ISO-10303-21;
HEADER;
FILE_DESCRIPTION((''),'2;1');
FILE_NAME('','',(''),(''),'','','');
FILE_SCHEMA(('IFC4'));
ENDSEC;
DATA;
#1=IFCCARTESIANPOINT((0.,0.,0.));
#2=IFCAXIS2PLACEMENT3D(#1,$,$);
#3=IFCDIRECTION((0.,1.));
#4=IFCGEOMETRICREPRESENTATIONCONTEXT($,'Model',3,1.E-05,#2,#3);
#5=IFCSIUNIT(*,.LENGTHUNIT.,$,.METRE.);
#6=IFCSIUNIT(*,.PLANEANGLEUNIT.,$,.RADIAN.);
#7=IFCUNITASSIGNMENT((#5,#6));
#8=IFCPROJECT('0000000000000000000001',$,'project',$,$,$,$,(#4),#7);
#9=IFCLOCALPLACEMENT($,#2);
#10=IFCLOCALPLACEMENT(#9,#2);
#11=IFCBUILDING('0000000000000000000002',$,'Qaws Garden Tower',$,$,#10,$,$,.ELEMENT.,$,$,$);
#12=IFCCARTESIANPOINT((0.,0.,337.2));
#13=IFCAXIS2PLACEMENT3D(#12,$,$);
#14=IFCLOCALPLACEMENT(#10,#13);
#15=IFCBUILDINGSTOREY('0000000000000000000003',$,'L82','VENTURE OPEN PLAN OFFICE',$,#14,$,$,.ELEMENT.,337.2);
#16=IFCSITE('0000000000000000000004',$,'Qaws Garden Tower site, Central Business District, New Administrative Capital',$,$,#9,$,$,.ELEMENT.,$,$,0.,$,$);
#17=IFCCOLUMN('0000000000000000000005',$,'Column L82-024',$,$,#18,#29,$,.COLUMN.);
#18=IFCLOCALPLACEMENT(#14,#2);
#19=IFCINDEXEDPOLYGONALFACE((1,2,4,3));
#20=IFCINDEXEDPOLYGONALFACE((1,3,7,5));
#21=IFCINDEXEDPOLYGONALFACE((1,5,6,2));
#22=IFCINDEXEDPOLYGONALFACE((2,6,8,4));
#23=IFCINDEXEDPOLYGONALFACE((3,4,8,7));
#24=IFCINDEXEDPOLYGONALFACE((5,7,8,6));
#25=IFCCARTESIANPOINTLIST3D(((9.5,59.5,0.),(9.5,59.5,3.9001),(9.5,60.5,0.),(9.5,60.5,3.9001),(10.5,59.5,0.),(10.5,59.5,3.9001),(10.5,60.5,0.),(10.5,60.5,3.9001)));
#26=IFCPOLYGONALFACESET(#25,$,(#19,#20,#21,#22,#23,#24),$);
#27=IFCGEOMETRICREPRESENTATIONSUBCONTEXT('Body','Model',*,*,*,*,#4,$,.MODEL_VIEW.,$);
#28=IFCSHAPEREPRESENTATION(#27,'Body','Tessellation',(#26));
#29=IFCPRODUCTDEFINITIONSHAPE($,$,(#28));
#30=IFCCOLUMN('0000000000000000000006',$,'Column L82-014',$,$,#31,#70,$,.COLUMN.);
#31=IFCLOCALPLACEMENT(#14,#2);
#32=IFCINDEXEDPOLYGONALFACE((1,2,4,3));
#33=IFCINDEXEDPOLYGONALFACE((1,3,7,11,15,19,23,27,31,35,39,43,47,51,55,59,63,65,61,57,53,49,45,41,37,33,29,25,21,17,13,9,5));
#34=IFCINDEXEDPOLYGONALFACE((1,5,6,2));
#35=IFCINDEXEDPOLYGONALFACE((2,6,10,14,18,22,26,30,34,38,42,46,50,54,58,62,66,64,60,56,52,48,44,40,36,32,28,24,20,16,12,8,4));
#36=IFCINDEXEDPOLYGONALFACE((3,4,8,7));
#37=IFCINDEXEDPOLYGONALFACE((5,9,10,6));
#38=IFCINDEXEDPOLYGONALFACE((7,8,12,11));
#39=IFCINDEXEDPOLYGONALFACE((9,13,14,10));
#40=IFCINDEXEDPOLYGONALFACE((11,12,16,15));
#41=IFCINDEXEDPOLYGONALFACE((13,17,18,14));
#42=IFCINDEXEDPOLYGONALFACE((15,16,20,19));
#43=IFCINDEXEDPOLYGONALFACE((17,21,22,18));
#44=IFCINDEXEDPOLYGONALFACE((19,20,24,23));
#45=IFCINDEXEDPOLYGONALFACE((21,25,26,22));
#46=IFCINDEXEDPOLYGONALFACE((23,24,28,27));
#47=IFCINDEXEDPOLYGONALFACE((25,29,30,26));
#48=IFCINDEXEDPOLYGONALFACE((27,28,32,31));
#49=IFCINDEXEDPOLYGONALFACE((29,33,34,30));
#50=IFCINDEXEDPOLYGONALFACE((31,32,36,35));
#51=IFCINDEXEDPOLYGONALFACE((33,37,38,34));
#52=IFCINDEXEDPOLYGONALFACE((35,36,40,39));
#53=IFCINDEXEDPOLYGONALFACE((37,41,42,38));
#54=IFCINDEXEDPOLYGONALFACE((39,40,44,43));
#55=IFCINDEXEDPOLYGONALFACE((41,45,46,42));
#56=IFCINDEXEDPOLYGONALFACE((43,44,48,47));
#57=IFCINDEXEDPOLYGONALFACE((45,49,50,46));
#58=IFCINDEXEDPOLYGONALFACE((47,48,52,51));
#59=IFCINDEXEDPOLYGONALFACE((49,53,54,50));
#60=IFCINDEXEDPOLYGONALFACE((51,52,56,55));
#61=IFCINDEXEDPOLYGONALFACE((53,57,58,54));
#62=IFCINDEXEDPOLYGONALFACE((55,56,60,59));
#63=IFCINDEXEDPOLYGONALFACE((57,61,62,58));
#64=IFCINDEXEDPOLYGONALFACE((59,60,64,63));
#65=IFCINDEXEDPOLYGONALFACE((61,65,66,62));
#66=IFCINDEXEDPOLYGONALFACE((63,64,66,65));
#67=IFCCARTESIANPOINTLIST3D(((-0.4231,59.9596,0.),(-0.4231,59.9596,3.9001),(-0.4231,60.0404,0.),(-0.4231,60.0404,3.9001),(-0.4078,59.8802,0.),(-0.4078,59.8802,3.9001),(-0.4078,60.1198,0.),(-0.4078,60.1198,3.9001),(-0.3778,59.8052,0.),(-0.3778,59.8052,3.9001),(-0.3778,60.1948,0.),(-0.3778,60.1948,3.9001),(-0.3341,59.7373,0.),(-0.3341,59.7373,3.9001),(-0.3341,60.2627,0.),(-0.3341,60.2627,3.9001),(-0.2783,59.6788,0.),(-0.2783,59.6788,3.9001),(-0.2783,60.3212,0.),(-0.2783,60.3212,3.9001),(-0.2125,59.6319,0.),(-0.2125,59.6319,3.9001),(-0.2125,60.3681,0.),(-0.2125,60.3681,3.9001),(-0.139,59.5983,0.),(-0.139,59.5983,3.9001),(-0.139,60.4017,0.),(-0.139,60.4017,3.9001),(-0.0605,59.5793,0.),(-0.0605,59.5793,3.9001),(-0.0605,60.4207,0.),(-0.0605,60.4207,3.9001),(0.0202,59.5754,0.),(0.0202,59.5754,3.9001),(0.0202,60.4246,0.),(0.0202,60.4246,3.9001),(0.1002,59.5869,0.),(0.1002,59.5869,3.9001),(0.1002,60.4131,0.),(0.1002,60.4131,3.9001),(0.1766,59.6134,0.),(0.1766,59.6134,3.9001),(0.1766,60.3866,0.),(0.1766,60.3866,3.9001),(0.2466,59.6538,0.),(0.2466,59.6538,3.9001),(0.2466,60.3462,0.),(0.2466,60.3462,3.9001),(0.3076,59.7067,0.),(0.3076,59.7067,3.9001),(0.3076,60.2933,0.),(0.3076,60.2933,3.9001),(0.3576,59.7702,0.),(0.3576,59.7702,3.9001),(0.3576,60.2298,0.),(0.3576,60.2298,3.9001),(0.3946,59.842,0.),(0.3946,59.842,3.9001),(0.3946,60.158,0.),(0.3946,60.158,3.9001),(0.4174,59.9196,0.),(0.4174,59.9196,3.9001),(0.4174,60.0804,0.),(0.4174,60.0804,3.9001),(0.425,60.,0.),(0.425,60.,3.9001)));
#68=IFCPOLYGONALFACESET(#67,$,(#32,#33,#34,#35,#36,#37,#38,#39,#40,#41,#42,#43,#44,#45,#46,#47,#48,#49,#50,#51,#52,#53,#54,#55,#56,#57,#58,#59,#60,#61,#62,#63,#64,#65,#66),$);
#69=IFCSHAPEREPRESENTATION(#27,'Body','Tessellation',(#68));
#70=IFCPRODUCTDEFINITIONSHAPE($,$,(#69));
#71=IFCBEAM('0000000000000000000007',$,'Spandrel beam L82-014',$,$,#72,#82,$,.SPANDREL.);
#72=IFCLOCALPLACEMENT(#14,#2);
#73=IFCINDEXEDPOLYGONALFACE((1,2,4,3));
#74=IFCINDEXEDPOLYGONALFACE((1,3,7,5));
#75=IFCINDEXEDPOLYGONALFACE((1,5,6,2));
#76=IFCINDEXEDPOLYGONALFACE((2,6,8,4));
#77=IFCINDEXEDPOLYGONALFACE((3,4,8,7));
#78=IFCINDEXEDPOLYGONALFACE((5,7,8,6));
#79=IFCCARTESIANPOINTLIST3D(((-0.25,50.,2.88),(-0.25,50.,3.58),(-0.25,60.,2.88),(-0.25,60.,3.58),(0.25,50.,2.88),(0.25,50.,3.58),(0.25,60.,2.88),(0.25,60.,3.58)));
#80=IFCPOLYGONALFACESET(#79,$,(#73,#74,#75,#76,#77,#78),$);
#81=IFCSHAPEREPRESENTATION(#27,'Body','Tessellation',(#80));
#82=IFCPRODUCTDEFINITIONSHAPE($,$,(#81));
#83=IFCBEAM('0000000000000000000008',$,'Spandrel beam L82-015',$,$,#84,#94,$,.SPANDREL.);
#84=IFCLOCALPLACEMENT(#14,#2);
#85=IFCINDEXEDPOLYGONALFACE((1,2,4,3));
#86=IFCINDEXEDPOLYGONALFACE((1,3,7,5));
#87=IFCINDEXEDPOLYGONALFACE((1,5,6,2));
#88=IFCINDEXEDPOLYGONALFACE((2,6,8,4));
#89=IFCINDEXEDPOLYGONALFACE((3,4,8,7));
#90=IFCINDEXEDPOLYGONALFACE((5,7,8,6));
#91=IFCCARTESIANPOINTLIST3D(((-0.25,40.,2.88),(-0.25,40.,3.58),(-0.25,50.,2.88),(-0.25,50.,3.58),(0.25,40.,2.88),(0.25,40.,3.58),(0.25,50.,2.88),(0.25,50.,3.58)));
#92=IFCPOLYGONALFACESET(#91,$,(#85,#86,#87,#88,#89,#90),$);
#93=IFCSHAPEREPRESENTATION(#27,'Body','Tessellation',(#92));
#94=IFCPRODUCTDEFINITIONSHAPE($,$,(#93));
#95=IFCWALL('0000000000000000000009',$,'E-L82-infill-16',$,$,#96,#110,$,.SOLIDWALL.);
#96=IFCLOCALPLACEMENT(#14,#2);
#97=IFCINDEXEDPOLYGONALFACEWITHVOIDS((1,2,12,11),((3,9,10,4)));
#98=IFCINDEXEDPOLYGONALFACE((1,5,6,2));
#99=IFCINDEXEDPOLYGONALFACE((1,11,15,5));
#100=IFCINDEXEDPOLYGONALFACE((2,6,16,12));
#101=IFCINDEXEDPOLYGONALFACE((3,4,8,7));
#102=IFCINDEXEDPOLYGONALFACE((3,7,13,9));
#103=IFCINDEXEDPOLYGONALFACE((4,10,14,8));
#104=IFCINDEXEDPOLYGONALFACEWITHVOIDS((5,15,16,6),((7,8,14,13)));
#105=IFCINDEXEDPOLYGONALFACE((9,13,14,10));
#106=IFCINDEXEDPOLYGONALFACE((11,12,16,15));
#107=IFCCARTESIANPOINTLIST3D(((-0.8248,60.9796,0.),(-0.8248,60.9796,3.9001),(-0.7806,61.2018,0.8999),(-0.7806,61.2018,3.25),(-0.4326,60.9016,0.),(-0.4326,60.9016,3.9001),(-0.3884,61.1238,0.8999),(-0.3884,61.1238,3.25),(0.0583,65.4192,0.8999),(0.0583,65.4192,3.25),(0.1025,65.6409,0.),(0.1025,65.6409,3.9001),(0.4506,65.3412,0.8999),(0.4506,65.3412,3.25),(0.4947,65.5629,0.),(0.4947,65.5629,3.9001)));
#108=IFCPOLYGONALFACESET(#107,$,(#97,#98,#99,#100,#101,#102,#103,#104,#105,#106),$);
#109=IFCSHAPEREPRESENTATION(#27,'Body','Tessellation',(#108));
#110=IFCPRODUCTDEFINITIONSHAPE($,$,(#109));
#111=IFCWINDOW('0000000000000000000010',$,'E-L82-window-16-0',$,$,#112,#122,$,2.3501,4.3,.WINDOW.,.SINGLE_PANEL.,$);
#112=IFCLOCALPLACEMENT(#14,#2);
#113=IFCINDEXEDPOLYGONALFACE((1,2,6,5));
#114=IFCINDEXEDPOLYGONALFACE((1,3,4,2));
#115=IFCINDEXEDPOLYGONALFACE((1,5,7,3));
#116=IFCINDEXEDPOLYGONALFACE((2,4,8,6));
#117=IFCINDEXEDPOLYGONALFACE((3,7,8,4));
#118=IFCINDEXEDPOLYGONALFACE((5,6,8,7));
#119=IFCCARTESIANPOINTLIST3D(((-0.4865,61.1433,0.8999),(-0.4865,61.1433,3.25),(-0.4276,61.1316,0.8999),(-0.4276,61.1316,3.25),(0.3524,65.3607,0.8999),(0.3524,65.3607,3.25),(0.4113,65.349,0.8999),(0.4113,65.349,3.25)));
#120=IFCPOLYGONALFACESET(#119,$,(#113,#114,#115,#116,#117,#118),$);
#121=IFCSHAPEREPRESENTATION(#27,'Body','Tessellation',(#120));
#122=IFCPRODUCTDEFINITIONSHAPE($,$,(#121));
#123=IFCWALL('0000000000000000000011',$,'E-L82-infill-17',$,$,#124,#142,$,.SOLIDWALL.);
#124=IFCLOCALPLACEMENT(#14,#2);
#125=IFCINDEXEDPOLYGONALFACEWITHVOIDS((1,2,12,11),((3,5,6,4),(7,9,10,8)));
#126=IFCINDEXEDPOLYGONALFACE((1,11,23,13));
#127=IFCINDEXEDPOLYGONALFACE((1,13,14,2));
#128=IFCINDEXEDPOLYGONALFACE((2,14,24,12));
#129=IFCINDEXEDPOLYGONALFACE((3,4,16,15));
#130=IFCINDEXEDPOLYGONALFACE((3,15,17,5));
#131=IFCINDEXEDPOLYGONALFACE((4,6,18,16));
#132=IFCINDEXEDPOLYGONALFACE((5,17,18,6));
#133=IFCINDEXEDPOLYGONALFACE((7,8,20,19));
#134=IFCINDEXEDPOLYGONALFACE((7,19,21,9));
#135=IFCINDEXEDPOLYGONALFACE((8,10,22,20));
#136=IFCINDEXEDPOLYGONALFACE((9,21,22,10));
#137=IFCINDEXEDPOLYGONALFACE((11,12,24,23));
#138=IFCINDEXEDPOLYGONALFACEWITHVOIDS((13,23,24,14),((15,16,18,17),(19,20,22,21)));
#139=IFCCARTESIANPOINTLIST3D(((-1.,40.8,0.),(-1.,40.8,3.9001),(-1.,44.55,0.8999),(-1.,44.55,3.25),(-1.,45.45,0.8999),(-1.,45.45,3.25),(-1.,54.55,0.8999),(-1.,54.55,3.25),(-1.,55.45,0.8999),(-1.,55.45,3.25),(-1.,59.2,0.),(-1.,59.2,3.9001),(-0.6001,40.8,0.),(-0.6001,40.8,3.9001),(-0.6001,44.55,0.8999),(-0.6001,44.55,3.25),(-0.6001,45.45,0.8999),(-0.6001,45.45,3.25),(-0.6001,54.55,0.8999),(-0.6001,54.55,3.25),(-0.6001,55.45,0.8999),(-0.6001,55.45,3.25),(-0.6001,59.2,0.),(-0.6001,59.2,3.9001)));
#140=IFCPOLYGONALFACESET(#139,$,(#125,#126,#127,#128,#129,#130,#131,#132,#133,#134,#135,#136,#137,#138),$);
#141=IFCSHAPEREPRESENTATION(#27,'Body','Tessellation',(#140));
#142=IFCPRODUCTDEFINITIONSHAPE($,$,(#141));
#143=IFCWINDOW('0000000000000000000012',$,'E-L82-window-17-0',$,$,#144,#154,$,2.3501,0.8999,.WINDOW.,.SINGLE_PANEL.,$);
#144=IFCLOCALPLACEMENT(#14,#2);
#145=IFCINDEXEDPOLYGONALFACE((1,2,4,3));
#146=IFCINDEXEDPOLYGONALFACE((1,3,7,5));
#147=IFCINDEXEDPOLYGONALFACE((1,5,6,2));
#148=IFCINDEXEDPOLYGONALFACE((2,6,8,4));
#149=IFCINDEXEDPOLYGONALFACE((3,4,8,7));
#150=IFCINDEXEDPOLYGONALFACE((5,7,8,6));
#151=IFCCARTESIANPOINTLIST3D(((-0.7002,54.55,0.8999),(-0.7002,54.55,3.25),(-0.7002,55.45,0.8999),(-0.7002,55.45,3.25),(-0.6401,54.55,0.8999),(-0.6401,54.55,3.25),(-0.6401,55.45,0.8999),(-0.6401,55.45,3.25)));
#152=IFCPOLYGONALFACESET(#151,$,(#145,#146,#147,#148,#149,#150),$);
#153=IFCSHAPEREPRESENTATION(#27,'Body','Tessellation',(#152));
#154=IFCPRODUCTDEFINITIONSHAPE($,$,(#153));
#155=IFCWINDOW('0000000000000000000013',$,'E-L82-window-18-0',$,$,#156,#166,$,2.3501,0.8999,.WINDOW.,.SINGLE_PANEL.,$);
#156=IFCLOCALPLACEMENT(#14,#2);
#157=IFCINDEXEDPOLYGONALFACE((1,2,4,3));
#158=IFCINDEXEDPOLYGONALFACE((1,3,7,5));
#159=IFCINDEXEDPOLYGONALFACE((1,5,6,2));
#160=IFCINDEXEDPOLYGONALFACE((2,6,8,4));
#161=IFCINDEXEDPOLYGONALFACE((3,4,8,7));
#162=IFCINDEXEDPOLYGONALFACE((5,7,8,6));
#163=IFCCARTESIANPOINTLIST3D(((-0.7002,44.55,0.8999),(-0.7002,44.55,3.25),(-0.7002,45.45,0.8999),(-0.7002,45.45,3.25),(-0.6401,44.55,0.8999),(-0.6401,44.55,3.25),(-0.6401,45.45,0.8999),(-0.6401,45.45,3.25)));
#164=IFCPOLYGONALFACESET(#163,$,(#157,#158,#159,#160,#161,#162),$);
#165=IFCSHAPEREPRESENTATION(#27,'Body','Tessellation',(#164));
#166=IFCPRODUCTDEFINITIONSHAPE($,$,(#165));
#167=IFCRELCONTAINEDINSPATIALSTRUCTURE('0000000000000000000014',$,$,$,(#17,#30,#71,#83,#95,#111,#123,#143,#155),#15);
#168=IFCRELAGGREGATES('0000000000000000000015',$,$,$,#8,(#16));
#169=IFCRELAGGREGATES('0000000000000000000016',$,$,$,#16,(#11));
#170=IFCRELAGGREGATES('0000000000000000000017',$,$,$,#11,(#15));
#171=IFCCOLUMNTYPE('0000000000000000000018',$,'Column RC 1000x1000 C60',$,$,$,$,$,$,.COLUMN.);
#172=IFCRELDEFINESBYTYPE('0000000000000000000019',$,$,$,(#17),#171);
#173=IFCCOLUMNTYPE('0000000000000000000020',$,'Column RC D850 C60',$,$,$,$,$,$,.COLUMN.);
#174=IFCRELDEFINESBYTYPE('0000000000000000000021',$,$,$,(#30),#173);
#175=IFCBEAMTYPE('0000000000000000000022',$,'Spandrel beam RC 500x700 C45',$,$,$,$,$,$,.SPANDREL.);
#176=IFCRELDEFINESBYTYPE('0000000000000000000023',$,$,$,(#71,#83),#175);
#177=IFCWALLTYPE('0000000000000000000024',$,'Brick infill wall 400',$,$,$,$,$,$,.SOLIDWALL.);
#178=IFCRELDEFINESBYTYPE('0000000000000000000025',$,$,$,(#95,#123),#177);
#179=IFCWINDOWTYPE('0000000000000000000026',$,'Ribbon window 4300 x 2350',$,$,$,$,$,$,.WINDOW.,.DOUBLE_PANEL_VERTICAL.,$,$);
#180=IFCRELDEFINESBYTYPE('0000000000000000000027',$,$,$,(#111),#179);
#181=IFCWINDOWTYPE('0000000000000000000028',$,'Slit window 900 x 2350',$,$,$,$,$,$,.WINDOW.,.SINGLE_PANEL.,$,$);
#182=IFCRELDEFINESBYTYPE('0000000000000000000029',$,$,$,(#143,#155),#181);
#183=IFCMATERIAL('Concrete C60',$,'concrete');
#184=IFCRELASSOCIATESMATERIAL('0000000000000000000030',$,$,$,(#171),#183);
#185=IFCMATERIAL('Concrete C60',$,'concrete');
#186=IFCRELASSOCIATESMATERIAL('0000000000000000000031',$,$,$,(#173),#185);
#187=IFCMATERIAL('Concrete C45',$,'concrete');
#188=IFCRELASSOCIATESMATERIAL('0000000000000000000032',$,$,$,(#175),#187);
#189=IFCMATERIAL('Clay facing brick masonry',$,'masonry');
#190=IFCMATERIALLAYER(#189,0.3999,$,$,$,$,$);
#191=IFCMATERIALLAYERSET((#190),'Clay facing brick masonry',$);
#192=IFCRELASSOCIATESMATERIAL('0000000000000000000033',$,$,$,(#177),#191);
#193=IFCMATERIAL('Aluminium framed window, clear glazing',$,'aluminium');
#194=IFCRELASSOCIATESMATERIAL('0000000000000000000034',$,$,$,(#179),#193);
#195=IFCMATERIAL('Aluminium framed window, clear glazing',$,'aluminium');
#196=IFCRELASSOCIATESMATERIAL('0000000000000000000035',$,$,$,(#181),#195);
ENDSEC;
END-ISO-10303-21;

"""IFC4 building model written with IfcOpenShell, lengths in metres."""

from ifc_helpers import new_model, si_unit, direction, frame, frame_2d, origin, origin_2d, place, context, subcontext, project, spatial, rectangle, circle, extrude, material, layer, layer_set, material_profile, profile_set, type_object, element, fill, save


model = new_model("IFC4")

# Units and contexts
model_context = context("Model", 3, precision=1e-05, world=origin(), true_north=direction((0.0, 1.0)))
body_context = subcontext(model_context, "Body", "Model", "MODEL_VIEW")
ifc_project = project(units=[si_unit("LENGTHUNIT", "METRE"), si_unit("PLANEANGLEUNIT", "RADIAN")], contexts=[model_context])

# Site, building, storey
site_placement = place(None, origin())
site = spatial("IfcSite", under=ifc_project, at=site_placement, Name="Qaws Garden Tower site, Central Business District, New Administrative Capital", CompositionType="ELEMENT", RefElevation=0.0)
building_placement = place(site_placement, origin())
building = spatial("IfcBuilding", under=site, at=building_placement, Name="Qaws Garden Tower", CompositionType="ELEMENT")
storey_placement = place(building_placement, frame((0.0, 0.0, 337.2)))
storey = spatial("IfcBuildingStorey", under=building, at=storey_placement, Name="L82", Description="VENTURE OPEN PLAN OFFICE", CompositionType="ELEMENT", Elevation=337.2)

# Columns
ifc_material_1 = material(Name="Concrete C60", Category="concrete")
ifc_material_profile_1 = material_profile(ifc_material_1, rectangle(XDim=1.0, YDim=1.0, at=origin_2d()), Name="RC 1000x1000")
ifc_profile_set_1 = profile_set([ifc_material_profile_1], Name="Concrete C60")
column_type_1 = type_object("IfcColumnType", Name="Column RC 1000x1000 C60", PredefinedType="COLUMN", material=ifc_profile_set_1)
column_1_placement = place(storey_placement, frame((10.0, 60.0, 0.0), z_axis=(0.0, 0.0, 1.0), x_axis=(1.0, 0.0, 0.0)))
element("IfcColumn", 1, at=column_1_placement, inside=storey, type_object=column_type_1, Name="Column L82-024", PredefinedType="COLUMN", context=body_context, shape_type="SweptSolid", body=[
    extrude(rectangle(XDim=1.0, YDim=1.0, at=origin_2d()), origin(), (0.0, 0.0, 1.0), 3.9001),
])
ifc_material_2 = material(Name="Concrete C60", Category="concrete")
ifc_material_profile_2 = material_profile(ifc_material_2, circle(Radius=0.425, at=origin_2d()), Name="RC D850")
ifc_profile_set_2 = profile_set([ifc_material_profile_2], Name="Concrete C60")
column_type_2 = type_object("IfcColumnType", Name="Column RC D850 C60", PredefinedType="COLUMN", material=ifc_profile_set_2)
column_2_placement = place(storey_placement, frame((0.0, 60.0, 0.0), z_axis=(0.0, 0.0, 1.0), x_axis=(1.0, 0.0, 0.0)))
element("IfcColumn", 2, at=column_2_placement, inside=storey, type_object=column_type_2, Name="Column L82-014", PredefinedType="COLUMN", context=body_context, shape_type="SweptSolid", body=[
    extrude(circle(Radius=0.425, at=origin_2d()), origin(), (0.0, 0.0, 1.0), 3.9001),
])

# Beams
ifc_material_3 = material(Name="Concrete C45", Category="concrete")
ifc_material_profile_3 = material_profile(ifc_material_3, rectangle(XDim=0.5, YDim=0.7, at=origin_2d()), Name="RC 500x700")
ifc_profile_set_3 = profile_set([ifc_material_profile_3], Name="Concrete C45")
beam_type = type_object("IfcBeamType", Name="Spandrel beam RC 500x700 C45", PredefinedType="SPANDREL", material=ifc_profile_set_3)
for number, where, z_axis, x_axis, name in (
    (3, (0.0, 60.0, 3.23), (0.0, -1.0, 0.0), (1.0, 0.0, 0.0), "Spandrel beam L82-014"),
    (4, (0.0, 50.0, 3.23), (0.0, -1.0, 0.0), (1.0, 0.0, 0.0), "Spandrel beam L82-015"),
):
    element("IfcBeam", number, at=place(storey_placement, frame(where, z_axis=z_axis, x_axis=x_axis)), inside=storey, type_object=beam_type, Name=name, PredefinedType="SPANDREL", context=body_context, shape_type="SweptSolid", body=[
        extrude(rectangle(XDim=0.5, YDim=0.7, at=origin_2d()), origin(), (0.0, 0.0, 1.0), 10.0),
    ])

# Wall, opening, window
ifc_material_4 = material(Name="Clay facing brick masonry", Category="masonry")
ifc_layer_1 = layer(ifc_material_4, 0.3999)
ifc_layer_set_1 = layer_set([ifc_layer_1], Name="Clay facing brick masonry")
wall_type_1 = type_object("IfcWallType", Name="Brick infill wall 400", PredefinedType="SOLIDWALL", material=ifc_layer_set_1)
wall_1_placement = place(storey_placement, frame((0.2986, 65.6021, 0.0), z_axis=(0.0, 0.0, 1.0), x_axis=(-0.195099, -0.980784, 0.0)))
wall_1 = element("IfcWall", 5, at=wall_1_placement, inside=storey, type_object=wall_type_1, Name="E-L82-infill-16", PredefinedType="SOLIDWALL", context=body_context, shape_type="SweptSolid", body=[
    extrude(rectangle(XDim=4.7527, YDim=0.3999, at=frame_2d((2.3765, 0.0))), origin(), (0.0, 0.0, 1.0), 3.9001),
])
opening_1_placement = place(wall_1_placement, frame((0.2263, 0.0, 0.8999)))
opening_1 = element("IfcOpeningElement", 6, at=opening_1_placement, cuts=wall_1, PredefinedType="OPENING", context=body_context, shape_type="SweptSolid", body=[
    extrude(rectangle(XDim=4.3, YDim=2.3501, at=frame_2d((2.1499, 1.175))), frame((0.0, 0.21, 0.0), z_axis=(0.0, -1.0, 0.0), x_axis=(1.0, 0.0, 0.0)), (0.0, 0.0, 1.0), 0.4199),
])
ifc_material_5 = material(Name="Aluminium framed window, clear glazing", Category="aluminium")
window_type_1 = type_object("IfcWindowType", Name="Ribbon window 4300 x 2350", PartitioningType="DOUBLE_PANEL_VERTICAL", PredefinedType="WINDOW", material=ifc_material_5)
window_1_placement = place(opening_1_placement, origin())
window_1 = element("IfcWindow", 7, at=window_1_placement, inside=storey, type_object=window_type_1, Name="E-L82-window-16-0", OverallHeight=2.3501, OverallWidth=4.3, PartitioningType="SINGLE_PANEL", PredefinedType="WINDOW", context=body_context, shape_type="SweptSolid", body=[
    extrude(rectangle(XDim=4.3, YDim=2.3501, at=frame_2d((2.1499, 1.175))), frame((0.0, 0.1599, 0.0), z_axis=(0.0, -1.0, 0.0), x_axis=(1.0, 0.0, 0.0)), (0.0, 0.0, 1.0), 0.0601),
])
fill(opening_1, window_1)

# Wall, openings, windows
wall_2_placement = place(storey_placement, frame((-0.8, 59.2, 0.0), z_axis=(0.0, 0.0, 1.0), x_axis=(0.0, -1.0, 0.0)))
wall_2 = element("IfcWall", 8, at=wall_2_placement, inside=storey, type_object=wall_type_1, Name="E-L82-infill-17", PredefinedType="SOLIDWALL", context=body_context, shape_type="SweptSolid", body=[
    extrude(rectangle(XDim=18.3999, YDim=0.3999, at=frame_2d((9.2, 0.0))), origin(), (0.0, 0.0, 1.0), 3.9001),
])
opening_2_placement = place(wall_2_placement, frame((3.75, 0.0, 0.8999)))
opening_2 = element("IfcOpeningElement", 9, at=opening_2_placement, cuts=wall_2, PredefinedType="OPENING", context=body_context, shape_type="SweptSolid", body=[
    extrude(rectangle(XDim=0.8999, YDim=2.3501, at=frame_2d((0.45, 1.175))), frame((0.0, 0.21, 0.0), z_axis=(0.0, -1.0, 0.0), x_axis=(1.0, 0.0, 0.0)), (0.0, 0.0, 1.0), 0.4199),
])
opening_3_placement = place(wall_2_placement, frame((13.75, 0.0, 0.8999)))
opening_3 = element("IfcOpeningElement", 10, at=opening_3_placement, cuts=wall_2, PredefinedType="OPENING", context=body_context, shape_type="SweptSolid", body=[
    extrude(rectangle(XDim=0.8999, YDim=2.3501, at=frame_2d((0.45, 1.175))), frame((0.0, 0.21, 0.0), z_axis=(0.0, -1.0, 0.0), x_axis=(1.0, 0.0, 0.0)), (0.0, 0.0, 1.0), 0.4199),
])
ifc_material_6 = material(Name="Aluminium framed window, clear glazing", Category="aluminium")
window_type_2 = type_object("IfcWindowType", Name="Slit window 900 x 2350", PartitioningType="SINGLE_PANEL", PredefinedType="WINDOW", material=ifc_material_6)
window_2_placement = place(opening_2_placement, origin())
window_2 = element("IfcWindow", 11, at=window_2_placement, inside=storey, type_object=window_type_2, Name="E-L82-window-17-0", OverallHeight=2.3501, OverallWidth=0.8999, PartitioningType="SINGLE_PANEL", PredefinedType="WINDOW", context=body_context, shape_type="SweptSolid", body=[
    extrude(rectangle(XDim=0.8999, YDim=2.3501, at=frame_2d((0.45, 1.175))), frame((0.0, 0.1599, 0.0), z_axis=(0.0, -1.0, 0.0), x_axis=(1.0, 0.0, 0.0)), (0.0, 0.0, 1.0), 0.0601),
])
fill(opening_2, window_2)
window_3_placement = place(opening_3_placement, origin())
window_3 = element("IfcWindow", 12, at=window_3_placement, inside=storey, type_object=window_type_2, Name="E-L82-window-18-0", OverallHeight=2.3501, OverallWidth=0.8999, PartitioningType="SINGLE_PANEL", PredefinedType="WINDOW", context=body_context, shape_type="SweptSolid", body=[
    extrude(rectangle(XDim=0.8999, YDim=2.3501, at=frame_2d((0.45, 1.175))), frame((0.0, 0.1599, 0.0), z_axis=(0.0, -1.0, 0.0), x_axis=(1.0, 0.0, 0.0)), (0.0, 0.0, 1.0), 0.0601),
])
fill(opening_3, window_3)

save(model, "model.ifc")
